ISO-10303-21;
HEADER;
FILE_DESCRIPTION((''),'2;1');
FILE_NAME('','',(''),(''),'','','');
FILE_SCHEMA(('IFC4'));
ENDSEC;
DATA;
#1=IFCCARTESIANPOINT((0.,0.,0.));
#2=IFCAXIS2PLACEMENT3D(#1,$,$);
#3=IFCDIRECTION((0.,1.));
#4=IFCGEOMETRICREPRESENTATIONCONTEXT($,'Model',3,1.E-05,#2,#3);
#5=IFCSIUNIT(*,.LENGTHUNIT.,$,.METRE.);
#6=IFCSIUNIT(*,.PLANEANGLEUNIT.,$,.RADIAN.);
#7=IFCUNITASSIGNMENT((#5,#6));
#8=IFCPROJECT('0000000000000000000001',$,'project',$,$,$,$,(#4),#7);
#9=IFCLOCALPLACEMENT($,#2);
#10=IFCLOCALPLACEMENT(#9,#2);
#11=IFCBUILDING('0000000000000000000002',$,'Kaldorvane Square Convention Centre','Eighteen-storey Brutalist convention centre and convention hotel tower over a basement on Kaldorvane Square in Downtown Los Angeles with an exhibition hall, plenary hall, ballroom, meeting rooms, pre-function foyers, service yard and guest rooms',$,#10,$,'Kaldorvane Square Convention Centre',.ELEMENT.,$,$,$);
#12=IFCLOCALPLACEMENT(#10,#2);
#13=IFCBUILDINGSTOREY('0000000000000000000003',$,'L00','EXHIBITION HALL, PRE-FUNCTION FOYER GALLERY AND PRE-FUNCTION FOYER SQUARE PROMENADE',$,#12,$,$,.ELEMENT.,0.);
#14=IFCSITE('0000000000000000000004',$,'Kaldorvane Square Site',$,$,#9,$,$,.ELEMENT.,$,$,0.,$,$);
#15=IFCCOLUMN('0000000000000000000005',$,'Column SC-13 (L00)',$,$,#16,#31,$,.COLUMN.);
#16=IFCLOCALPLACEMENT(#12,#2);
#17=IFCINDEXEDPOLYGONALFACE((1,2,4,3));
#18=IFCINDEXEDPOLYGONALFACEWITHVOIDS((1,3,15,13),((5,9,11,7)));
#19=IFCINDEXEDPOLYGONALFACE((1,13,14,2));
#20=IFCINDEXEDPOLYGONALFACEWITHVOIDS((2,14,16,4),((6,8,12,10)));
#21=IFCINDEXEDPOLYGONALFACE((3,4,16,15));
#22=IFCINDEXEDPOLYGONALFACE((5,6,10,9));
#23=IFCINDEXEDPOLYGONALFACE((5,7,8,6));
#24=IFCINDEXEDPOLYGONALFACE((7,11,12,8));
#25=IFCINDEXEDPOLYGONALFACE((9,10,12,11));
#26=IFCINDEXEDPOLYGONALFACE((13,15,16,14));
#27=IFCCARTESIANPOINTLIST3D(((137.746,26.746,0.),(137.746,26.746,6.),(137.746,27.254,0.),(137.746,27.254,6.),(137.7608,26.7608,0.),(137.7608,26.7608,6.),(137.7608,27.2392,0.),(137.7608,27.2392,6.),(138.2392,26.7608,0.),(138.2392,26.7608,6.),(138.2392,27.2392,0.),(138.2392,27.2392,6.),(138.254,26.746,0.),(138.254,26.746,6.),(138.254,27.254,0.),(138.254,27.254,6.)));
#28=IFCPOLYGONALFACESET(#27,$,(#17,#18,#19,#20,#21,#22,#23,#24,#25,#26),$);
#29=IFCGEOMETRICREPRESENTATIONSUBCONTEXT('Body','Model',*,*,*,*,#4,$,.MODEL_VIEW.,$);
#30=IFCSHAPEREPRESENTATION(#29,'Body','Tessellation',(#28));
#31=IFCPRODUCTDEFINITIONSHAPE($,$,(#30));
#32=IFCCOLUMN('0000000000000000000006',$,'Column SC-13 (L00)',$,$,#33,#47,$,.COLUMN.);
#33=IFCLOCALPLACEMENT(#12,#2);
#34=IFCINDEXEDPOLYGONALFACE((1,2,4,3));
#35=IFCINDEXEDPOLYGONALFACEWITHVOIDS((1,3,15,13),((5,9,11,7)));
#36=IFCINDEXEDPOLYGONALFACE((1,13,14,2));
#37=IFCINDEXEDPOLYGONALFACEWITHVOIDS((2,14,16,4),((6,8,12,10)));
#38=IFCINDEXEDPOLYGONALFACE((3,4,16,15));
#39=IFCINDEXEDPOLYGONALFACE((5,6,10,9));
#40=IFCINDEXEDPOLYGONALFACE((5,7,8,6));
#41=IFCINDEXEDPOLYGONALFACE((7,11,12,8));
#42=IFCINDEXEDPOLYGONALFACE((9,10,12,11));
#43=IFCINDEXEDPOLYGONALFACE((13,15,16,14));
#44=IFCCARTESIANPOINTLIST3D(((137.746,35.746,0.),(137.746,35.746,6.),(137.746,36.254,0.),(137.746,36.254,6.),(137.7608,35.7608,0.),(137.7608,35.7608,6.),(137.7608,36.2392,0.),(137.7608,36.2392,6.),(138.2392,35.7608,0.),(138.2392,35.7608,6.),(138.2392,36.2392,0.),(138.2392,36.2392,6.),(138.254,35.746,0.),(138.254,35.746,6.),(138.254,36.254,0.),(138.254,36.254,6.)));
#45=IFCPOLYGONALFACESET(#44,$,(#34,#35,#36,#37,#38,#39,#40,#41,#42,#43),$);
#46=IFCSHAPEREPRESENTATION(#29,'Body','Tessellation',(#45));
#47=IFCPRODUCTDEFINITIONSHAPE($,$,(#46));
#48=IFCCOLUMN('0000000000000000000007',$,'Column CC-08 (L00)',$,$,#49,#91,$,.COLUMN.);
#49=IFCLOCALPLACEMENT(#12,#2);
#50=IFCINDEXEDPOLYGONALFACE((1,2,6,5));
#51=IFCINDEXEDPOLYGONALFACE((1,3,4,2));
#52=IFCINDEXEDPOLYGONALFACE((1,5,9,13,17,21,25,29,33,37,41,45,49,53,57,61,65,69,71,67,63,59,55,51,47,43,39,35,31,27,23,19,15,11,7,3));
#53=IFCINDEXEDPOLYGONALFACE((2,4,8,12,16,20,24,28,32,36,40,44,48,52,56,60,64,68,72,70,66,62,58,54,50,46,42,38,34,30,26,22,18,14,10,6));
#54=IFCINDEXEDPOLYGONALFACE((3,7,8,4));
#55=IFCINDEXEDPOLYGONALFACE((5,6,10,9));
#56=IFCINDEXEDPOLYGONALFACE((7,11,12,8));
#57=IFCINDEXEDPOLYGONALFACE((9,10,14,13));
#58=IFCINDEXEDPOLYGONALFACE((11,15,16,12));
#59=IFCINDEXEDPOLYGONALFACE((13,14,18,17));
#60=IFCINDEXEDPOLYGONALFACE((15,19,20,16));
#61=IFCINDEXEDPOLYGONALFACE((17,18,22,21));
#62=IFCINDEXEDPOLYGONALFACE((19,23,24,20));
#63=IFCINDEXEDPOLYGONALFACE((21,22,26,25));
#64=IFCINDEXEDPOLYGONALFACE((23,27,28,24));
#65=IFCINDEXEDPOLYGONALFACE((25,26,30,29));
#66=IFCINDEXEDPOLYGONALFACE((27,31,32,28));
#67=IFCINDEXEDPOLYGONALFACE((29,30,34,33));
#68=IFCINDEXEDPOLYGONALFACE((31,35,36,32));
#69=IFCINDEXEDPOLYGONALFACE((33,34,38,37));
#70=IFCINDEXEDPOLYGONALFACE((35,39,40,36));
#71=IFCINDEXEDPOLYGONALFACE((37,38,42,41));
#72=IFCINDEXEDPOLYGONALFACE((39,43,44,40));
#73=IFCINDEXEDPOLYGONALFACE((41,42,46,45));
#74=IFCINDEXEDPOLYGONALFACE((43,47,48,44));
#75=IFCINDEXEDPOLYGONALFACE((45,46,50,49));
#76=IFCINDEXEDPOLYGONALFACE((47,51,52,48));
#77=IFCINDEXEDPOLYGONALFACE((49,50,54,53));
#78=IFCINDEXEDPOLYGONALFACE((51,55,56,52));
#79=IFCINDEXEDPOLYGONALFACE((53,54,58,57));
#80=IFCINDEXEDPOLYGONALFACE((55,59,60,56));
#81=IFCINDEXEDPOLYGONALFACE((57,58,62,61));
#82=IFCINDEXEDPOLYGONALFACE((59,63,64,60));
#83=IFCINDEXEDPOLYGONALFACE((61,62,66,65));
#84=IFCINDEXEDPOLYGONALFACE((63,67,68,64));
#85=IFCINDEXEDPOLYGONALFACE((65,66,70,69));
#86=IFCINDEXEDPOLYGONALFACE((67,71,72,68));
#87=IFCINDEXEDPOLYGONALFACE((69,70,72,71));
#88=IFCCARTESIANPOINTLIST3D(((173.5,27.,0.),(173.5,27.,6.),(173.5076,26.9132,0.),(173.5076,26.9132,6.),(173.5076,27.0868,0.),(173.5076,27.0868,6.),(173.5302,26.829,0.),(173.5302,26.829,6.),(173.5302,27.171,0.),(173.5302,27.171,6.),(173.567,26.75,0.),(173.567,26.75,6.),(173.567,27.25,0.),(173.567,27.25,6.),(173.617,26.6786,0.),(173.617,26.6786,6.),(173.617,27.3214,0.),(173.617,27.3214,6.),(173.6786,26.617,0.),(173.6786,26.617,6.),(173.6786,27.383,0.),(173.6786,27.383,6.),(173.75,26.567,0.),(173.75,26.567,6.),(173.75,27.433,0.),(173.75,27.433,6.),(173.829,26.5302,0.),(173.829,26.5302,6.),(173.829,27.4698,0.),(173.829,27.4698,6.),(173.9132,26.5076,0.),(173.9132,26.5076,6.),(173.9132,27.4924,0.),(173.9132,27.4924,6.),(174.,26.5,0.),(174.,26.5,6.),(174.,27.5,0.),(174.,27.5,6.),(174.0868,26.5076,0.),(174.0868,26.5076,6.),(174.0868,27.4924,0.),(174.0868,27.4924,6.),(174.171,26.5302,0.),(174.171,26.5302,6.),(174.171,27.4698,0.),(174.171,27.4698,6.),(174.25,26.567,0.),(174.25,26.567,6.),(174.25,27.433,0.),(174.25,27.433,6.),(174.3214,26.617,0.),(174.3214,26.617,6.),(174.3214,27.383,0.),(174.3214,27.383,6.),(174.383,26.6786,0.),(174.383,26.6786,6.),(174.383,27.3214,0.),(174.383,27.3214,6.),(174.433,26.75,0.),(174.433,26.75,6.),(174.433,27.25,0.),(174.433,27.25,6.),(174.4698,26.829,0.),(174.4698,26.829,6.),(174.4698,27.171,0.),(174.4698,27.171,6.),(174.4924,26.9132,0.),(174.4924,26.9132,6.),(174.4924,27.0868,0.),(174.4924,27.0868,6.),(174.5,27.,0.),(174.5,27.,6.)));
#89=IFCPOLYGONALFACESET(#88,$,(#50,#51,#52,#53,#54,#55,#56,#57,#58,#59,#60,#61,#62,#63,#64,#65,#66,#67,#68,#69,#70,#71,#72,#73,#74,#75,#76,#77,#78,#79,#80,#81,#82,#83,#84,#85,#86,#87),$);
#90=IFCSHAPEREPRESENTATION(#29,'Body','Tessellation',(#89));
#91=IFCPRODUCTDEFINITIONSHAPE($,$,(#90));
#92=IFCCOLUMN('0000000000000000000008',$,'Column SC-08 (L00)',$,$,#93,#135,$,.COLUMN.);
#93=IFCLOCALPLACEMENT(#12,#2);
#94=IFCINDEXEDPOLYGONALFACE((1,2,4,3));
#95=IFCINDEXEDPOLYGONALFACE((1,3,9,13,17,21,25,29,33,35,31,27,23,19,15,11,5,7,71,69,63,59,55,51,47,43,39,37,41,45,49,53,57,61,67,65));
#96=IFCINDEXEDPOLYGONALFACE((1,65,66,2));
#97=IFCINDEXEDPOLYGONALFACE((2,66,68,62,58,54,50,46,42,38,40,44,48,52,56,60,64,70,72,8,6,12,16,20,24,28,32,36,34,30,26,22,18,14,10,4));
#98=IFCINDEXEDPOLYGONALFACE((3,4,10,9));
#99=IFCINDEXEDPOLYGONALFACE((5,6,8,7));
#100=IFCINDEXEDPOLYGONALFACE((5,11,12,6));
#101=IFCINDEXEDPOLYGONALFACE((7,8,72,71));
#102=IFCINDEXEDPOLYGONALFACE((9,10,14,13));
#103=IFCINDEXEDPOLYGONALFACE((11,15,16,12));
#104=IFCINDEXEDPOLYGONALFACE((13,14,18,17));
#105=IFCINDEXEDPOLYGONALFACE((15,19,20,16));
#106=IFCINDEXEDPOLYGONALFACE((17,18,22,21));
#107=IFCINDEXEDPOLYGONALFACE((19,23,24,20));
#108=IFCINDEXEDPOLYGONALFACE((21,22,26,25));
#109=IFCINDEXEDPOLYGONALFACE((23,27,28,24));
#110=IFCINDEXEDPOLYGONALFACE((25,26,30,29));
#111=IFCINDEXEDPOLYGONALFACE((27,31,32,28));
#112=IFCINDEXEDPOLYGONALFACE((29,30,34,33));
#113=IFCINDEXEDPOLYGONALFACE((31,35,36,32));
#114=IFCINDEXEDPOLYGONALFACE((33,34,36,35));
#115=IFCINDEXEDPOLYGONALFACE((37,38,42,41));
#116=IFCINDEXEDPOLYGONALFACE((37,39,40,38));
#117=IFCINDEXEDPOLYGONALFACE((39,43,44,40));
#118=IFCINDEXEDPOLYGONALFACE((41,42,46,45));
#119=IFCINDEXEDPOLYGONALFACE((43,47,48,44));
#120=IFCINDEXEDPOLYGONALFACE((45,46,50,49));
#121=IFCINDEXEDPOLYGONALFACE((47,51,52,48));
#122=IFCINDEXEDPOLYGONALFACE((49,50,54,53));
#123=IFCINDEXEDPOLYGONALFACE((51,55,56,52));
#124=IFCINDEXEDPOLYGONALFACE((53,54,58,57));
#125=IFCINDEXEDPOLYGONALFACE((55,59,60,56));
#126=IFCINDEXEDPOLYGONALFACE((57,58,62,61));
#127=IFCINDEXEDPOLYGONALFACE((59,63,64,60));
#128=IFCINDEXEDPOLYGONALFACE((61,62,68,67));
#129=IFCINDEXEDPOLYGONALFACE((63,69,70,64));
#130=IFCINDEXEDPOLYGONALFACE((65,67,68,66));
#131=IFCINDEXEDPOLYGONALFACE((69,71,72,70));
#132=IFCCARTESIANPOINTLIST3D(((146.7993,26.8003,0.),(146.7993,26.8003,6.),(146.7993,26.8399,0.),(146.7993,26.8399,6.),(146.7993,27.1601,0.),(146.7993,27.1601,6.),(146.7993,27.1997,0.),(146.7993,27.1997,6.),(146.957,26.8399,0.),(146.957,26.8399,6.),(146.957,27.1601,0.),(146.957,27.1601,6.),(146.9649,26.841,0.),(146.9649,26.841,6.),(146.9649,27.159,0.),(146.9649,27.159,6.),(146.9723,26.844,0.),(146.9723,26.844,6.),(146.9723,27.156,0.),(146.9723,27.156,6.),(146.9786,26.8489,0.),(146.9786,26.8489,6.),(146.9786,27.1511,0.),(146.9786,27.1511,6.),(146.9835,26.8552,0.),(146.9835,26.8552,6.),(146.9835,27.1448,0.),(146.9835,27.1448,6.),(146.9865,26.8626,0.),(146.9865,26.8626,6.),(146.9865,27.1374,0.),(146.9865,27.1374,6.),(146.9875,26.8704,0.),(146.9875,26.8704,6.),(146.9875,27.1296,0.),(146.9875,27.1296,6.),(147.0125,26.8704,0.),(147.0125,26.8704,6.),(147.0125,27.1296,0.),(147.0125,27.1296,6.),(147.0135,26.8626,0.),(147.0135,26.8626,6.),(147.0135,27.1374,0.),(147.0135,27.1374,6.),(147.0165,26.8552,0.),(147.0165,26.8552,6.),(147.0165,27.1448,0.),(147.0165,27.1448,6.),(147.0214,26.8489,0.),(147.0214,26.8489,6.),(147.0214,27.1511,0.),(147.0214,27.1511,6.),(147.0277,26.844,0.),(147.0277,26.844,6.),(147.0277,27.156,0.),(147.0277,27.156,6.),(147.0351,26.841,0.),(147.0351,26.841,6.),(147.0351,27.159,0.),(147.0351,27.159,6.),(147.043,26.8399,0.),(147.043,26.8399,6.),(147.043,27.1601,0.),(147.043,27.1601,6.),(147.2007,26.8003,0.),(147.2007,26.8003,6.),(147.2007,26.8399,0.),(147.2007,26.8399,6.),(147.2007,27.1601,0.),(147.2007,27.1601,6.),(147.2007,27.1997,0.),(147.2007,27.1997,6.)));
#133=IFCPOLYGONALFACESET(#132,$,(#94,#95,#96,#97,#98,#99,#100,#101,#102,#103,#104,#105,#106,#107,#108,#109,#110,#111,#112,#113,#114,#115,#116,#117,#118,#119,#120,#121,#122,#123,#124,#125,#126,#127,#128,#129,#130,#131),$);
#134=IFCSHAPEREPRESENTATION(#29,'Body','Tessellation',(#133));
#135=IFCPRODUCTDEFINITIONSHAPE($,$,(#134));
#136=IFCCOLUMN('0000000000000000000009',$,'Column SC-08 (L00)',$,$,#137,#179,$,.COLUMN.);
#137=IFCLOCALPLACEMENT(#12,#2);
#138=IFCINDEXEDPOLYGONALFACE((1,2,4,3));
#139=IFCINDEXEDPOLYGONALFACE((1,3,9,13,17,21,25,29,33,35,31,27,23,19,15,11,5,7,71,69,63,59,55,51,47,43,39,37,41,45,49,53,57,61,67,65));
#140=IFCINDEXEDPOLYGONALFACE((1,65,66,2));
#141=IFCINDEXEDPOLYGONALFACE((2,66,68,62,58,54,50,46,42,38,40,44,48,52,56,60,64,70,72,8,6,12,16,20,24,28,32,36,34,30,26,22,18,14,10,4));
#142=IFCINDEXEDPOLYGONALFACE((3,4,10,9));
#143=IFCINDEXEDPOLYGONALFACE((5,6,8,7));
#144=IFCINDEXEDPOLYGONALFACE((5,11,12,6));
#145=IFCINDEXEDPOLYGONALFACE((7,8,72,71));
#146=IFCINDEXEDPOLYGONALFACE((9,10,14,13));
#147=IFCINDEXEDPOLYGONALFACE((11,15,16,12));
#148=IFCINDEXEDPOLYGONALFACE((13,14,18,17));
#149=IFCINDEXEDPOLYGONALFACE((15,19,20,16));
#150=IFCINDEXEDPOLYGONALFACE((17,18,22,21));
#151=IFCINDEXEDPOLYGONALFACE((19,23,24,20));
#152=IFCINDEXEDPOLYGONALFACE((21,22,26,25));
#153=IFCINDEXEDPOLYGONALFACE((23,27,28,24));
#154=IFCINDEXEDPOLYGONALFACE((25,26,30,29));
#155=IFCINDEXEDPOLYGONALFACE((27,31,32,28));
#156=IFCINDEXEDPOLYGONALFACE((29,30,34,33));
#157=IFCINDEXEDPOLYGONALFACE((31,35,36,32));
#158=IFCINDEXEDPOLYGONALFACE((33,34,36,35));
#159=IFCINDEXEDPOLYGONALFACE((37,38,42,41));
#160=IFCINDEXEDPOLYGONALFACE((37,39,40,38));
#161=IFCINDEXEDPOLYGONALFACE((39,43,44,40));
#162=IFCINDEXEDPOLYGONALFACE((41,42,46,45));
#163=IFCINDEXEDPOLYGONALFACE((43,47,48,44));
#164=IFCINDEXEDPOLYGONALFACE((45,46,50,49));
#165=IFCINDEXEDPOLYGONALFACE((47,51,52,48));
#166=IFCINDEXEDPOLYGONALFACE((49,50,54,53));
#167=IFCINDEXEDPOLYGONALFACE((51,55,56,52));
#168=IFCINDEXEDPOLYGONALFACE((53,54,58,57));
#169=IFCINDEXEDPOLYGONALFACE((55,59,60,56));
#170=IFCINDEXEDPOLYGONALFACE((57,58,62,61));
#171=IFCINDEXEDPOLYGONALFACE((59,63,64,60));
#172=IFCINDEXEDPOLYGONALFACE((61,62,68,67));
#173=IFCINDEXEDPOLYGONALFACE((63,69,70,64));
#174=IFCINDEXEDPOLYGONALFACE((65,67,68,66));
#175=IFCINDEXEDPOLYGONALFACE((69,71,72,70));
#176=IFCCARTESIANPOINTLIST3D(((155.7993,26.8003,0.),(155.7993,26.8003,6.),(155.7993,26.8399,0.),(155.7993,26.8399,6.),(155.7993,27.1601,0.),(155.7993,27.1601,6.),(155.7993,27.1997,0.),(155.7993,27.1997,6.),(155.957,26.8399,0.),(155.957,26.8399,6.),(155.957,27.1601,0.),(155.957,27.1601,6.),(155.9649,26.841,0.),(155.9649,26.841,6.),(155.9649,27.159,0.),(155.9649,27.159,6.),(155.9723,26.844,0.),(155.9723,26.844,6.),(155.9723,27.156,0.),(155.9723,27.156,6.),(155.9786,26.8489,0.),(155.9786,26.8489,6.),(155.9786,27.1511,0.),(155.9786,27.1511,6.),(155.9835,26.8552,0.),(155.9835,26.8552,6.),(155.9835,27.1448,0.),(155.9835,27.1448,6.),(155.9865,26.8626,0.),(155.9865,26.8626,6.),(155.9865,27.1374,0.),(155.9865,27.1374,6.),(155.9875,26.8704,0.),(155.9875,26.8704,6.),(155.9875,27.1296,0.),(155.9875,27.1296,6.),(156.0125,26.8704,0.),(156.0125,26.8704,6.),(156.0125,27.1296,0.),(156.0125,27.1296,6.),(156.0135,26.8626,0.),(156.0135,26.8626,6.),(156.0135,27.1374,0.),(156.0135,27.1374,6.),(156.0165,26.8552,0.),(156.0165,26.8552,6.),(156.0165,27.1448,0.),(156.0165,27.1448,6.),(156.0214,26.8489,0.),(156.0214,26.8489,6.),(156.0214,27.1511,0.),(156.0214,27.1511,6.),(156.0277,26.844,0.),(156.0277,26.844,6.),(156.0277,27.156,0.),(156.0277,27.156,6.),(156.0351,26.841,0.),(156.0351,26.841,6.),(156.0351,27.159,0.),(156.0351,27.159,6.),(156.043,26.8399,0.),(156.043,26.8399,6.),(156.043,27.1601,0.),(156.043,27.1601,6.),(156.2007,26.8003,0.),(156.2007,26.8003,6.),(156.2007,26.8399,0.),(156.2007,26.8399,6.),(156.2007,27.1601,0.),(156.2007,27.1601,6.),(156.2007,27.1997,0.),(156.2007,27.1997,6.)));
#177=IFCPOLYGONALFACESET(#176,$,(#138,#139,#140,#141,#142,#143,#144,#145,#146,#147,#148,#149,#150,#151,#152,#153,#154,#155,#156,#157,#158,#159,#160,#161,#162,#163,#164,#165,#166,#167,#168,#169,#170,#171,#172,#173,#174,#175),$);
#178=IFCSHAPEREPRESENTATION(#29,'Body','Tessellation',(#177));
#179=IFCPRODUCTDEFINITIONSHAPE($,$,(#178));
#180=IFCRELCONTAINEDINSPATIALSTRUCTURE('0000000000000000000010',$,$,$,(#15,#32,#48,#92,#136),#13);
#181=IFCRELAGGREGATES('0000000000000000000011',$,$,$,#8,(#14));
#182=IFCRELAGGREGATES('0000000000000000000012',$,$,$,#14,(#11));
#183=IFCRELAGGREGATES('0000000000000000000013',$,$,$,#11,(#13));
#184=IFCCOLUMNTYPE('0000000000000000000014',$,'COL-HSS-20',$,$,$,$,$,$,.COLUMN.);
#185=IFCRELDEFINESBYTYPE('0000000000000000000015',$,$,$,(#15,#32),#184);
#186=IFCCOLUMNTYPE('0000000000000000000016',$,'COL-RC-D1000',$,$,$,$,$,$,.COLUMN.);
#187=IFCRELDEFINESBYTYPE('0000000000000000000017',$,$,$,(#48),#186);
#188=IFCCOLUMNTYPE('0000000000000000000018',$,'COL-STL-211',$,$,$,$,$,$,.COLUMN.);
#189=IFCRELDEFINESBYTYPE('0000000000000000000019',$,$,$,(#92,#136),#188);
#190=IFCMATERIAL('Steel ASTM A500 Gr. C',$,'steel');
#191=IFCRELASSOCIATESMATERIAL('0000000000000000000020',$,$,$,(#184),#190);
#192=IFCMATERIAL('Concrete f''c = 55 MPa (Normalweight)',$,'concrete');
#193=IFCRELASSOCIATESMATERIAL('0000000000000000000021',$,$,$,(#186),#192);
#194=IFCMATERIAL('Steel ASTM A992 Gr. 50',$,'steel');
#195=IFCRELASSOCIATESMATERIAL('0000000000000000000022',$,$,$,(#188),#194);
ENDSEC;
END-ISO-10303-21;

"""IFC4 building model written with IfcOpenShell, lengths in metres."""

from ifc_helpers import new_model, si_unit, direction, frame, origin, origin_2d, place, context, subcontext, project, spatial, hollow_rectangle, circle, i_section, extrude, material, material_profile, profile_set, type_object, element, save


model = new_model("IFC4")

# Units and contexts
model_context = context("Model", 3, precision=1e-05, world=origin(), true_north=direction((0.0, 1.0)))
body_context = subcontext(model_context, "Body", "Model", "MODEL_VIEW")
ifc_project = project(units=[si_unit("LENGTHUNIT", "METRE"), si_unit("PLANEANGLEUNIT", "RADIAN")], contexts=[model_context])

# Site, building, storey
site_placement = place(None, origin())
site = spatial("IfcSite", under=ifc_project, at=site_placement, Name="Kaldorvane Square Site", CompositionType="ELEMENT", RefElevation=0.0)
building_placement = place(site_placement, origin())
building = spatial("IfcBuilding", under=site, at=building_placement, Name="Kaldorvane Square Convention Centre", Description="Eighteen-storey Brutalist convention centre and convention hotel tower over a basement on Kaldorvane Square in Downtown Los Angeles with an exhibition hall, plenary hall, ballroom, meeting rooms, pre-function foyers, service yard and guest rooms", LongName="Kaldorvane Square Convention Centre", CompositionType="ELEMENT")
storey_placement = place(building_placement, origin())
storey = spatial("IfcBuildingStorey", under=building, at=storey_placement, Name="L00", Description="EXHIBITION HALL, PRE-FUNCTION FOYER GALLERY AND PRE-FUNCTION FOYER SQUARE PROMENADE", CompositionType="ELEMENT", Elevation=0.0)

# Columns
ifc_material_1 = material(Name="Steel ASTM A500 Gr. C", Category="steel")
ifc_material_profile_1 = material_profile(ifc_material_1, hollow_rectangle(XDim=0.508, YDim=0.508, WallThickness=0.0148, at=origin_2d()), Name="HSS20X20X5/8")
ifc_profile_set_1 = profile_set([ifc_material_profile_1], Name="Steel ASTM A500 Gr. C")
column_type_1 = type_object("IfcColumnType", Name="COL-HSS-20", PredefinedType="COLUMN", material=ifc_profile_set_1)
for number, where, z_axis, x_axis, name in (
    (1, (138.0, 27.0, 0.0), (0.0, 0.0, 1.0), (1.0, 0.0, 0.0), "Column SC-13 (L00)"),
    (2, (138.0, 36.0, 0.0), (0.0, 0.0, 1.0), (1.0, 0.0, 0.0), "Column SC-13 (L00)"),
):
    element("IfcColumn", number, at=place(storey_placement, frame(where, z_axis=z_axis, x_axis=x_axis)), inside=storey, type_object=column_type_1, Name=name, PredefinedType="COLUMN", context=body_context, shape_type="SweptSolid", body=[
        extrude(hollow_rectangle(XDim=0.508, YDim=0.508, WallThickness=0.0148, at=origin_2d()), origin(), (0.0, 0.0, 1.0), 6.0),
    ])
ifc_material_2 = material(Name="Concrete f'c = 55 MPa (Normalweight)", Category="concrete")
ifc_material_profile_2 = material_profile(ifc_material_2, circle(Radius=0.5, at=origin_2d()), Name="RC-D1000")
ifc_profile_set_2 = profile_set([ifc_material_profile_2], Name="Concrete f'c = 55 MPa (Normalweight)")
column_type_2 = type_object("IfcColumnType", Name="COL-RC-D1000", PredefinedType="COLUMN", material=ifc_profile_set_2)
column_placement = place(storey_placement, frame((174.0, 27.0, 0.0), z_axis=(0.0, 0.0, 1.0), x_axis=(1.0, 0.0, 0.0)))
element("IfcColumn", 3, at=column_placement, inside=storey, type_object=column_type_2, Name="Column CC-08 (L00)", PredefinedType="COLUMN", context=body_context, shape_type="SweptSolid", body=[
    extrude(circle(Radius=0.5, at=origin_2d()), origin(), (0.0, 0.0, 1.0), 6.0),
])
ifc_material_3 = material(Name="Steel ASTM A992 Gr. 50", Category="steel")
ifc_material_profile_3 = material_profile(ifc_material_3, i_section(OverallWidth=0.4013, OverallDepth=0.3993, WebThickness=0.0249, FlangeThickness=0.0396, FilletRadius=0.0305, at=origin_2d()), Name="W14X211")
ifc_profile_set_3 = profile_set([ifc_material_profile_3], Name="Steel ASTM A992 Gr. 50")
column_type_3 = type_object("IfcColumnType", Name="COL-STL-211", PredefinedType="COLUMN", material=ifc_profile_set_3)
for number, where, z_axis, x_axis, name in (
    (4, (147.0, 27.0, 0.0), (0.0, 0.0, 1.0), (1.0, 0.0, 0.0), "Column SC-08 (L00)"),
    (5, (156.0, 27.0, 0.0), (0.0, 0.0, 1.0), (1.0, 0.0, 0.0), "Column SC-08 (L00)"),
):
    element("IfcColumn", number, at=place(storey_placement, frame(where, z_axis=z_axis, x_axis=x_axis)), inside=storey, type_object=column_type_3, Name=name, PredefinedType="COLUMN", context=body_context, shape_type="SweptSolid", body=[
        extrude(i_section(OverallWidth=0.4013, OverallDepth=0.3993, WebThickness=0.0249, FlangeThickness=0.0396, FilletRadius=0.0305, at=origin_2d()), origin(), (0.0, 0.0, 1.0), 6.0),
    ])

save(model, "model.ifc")
